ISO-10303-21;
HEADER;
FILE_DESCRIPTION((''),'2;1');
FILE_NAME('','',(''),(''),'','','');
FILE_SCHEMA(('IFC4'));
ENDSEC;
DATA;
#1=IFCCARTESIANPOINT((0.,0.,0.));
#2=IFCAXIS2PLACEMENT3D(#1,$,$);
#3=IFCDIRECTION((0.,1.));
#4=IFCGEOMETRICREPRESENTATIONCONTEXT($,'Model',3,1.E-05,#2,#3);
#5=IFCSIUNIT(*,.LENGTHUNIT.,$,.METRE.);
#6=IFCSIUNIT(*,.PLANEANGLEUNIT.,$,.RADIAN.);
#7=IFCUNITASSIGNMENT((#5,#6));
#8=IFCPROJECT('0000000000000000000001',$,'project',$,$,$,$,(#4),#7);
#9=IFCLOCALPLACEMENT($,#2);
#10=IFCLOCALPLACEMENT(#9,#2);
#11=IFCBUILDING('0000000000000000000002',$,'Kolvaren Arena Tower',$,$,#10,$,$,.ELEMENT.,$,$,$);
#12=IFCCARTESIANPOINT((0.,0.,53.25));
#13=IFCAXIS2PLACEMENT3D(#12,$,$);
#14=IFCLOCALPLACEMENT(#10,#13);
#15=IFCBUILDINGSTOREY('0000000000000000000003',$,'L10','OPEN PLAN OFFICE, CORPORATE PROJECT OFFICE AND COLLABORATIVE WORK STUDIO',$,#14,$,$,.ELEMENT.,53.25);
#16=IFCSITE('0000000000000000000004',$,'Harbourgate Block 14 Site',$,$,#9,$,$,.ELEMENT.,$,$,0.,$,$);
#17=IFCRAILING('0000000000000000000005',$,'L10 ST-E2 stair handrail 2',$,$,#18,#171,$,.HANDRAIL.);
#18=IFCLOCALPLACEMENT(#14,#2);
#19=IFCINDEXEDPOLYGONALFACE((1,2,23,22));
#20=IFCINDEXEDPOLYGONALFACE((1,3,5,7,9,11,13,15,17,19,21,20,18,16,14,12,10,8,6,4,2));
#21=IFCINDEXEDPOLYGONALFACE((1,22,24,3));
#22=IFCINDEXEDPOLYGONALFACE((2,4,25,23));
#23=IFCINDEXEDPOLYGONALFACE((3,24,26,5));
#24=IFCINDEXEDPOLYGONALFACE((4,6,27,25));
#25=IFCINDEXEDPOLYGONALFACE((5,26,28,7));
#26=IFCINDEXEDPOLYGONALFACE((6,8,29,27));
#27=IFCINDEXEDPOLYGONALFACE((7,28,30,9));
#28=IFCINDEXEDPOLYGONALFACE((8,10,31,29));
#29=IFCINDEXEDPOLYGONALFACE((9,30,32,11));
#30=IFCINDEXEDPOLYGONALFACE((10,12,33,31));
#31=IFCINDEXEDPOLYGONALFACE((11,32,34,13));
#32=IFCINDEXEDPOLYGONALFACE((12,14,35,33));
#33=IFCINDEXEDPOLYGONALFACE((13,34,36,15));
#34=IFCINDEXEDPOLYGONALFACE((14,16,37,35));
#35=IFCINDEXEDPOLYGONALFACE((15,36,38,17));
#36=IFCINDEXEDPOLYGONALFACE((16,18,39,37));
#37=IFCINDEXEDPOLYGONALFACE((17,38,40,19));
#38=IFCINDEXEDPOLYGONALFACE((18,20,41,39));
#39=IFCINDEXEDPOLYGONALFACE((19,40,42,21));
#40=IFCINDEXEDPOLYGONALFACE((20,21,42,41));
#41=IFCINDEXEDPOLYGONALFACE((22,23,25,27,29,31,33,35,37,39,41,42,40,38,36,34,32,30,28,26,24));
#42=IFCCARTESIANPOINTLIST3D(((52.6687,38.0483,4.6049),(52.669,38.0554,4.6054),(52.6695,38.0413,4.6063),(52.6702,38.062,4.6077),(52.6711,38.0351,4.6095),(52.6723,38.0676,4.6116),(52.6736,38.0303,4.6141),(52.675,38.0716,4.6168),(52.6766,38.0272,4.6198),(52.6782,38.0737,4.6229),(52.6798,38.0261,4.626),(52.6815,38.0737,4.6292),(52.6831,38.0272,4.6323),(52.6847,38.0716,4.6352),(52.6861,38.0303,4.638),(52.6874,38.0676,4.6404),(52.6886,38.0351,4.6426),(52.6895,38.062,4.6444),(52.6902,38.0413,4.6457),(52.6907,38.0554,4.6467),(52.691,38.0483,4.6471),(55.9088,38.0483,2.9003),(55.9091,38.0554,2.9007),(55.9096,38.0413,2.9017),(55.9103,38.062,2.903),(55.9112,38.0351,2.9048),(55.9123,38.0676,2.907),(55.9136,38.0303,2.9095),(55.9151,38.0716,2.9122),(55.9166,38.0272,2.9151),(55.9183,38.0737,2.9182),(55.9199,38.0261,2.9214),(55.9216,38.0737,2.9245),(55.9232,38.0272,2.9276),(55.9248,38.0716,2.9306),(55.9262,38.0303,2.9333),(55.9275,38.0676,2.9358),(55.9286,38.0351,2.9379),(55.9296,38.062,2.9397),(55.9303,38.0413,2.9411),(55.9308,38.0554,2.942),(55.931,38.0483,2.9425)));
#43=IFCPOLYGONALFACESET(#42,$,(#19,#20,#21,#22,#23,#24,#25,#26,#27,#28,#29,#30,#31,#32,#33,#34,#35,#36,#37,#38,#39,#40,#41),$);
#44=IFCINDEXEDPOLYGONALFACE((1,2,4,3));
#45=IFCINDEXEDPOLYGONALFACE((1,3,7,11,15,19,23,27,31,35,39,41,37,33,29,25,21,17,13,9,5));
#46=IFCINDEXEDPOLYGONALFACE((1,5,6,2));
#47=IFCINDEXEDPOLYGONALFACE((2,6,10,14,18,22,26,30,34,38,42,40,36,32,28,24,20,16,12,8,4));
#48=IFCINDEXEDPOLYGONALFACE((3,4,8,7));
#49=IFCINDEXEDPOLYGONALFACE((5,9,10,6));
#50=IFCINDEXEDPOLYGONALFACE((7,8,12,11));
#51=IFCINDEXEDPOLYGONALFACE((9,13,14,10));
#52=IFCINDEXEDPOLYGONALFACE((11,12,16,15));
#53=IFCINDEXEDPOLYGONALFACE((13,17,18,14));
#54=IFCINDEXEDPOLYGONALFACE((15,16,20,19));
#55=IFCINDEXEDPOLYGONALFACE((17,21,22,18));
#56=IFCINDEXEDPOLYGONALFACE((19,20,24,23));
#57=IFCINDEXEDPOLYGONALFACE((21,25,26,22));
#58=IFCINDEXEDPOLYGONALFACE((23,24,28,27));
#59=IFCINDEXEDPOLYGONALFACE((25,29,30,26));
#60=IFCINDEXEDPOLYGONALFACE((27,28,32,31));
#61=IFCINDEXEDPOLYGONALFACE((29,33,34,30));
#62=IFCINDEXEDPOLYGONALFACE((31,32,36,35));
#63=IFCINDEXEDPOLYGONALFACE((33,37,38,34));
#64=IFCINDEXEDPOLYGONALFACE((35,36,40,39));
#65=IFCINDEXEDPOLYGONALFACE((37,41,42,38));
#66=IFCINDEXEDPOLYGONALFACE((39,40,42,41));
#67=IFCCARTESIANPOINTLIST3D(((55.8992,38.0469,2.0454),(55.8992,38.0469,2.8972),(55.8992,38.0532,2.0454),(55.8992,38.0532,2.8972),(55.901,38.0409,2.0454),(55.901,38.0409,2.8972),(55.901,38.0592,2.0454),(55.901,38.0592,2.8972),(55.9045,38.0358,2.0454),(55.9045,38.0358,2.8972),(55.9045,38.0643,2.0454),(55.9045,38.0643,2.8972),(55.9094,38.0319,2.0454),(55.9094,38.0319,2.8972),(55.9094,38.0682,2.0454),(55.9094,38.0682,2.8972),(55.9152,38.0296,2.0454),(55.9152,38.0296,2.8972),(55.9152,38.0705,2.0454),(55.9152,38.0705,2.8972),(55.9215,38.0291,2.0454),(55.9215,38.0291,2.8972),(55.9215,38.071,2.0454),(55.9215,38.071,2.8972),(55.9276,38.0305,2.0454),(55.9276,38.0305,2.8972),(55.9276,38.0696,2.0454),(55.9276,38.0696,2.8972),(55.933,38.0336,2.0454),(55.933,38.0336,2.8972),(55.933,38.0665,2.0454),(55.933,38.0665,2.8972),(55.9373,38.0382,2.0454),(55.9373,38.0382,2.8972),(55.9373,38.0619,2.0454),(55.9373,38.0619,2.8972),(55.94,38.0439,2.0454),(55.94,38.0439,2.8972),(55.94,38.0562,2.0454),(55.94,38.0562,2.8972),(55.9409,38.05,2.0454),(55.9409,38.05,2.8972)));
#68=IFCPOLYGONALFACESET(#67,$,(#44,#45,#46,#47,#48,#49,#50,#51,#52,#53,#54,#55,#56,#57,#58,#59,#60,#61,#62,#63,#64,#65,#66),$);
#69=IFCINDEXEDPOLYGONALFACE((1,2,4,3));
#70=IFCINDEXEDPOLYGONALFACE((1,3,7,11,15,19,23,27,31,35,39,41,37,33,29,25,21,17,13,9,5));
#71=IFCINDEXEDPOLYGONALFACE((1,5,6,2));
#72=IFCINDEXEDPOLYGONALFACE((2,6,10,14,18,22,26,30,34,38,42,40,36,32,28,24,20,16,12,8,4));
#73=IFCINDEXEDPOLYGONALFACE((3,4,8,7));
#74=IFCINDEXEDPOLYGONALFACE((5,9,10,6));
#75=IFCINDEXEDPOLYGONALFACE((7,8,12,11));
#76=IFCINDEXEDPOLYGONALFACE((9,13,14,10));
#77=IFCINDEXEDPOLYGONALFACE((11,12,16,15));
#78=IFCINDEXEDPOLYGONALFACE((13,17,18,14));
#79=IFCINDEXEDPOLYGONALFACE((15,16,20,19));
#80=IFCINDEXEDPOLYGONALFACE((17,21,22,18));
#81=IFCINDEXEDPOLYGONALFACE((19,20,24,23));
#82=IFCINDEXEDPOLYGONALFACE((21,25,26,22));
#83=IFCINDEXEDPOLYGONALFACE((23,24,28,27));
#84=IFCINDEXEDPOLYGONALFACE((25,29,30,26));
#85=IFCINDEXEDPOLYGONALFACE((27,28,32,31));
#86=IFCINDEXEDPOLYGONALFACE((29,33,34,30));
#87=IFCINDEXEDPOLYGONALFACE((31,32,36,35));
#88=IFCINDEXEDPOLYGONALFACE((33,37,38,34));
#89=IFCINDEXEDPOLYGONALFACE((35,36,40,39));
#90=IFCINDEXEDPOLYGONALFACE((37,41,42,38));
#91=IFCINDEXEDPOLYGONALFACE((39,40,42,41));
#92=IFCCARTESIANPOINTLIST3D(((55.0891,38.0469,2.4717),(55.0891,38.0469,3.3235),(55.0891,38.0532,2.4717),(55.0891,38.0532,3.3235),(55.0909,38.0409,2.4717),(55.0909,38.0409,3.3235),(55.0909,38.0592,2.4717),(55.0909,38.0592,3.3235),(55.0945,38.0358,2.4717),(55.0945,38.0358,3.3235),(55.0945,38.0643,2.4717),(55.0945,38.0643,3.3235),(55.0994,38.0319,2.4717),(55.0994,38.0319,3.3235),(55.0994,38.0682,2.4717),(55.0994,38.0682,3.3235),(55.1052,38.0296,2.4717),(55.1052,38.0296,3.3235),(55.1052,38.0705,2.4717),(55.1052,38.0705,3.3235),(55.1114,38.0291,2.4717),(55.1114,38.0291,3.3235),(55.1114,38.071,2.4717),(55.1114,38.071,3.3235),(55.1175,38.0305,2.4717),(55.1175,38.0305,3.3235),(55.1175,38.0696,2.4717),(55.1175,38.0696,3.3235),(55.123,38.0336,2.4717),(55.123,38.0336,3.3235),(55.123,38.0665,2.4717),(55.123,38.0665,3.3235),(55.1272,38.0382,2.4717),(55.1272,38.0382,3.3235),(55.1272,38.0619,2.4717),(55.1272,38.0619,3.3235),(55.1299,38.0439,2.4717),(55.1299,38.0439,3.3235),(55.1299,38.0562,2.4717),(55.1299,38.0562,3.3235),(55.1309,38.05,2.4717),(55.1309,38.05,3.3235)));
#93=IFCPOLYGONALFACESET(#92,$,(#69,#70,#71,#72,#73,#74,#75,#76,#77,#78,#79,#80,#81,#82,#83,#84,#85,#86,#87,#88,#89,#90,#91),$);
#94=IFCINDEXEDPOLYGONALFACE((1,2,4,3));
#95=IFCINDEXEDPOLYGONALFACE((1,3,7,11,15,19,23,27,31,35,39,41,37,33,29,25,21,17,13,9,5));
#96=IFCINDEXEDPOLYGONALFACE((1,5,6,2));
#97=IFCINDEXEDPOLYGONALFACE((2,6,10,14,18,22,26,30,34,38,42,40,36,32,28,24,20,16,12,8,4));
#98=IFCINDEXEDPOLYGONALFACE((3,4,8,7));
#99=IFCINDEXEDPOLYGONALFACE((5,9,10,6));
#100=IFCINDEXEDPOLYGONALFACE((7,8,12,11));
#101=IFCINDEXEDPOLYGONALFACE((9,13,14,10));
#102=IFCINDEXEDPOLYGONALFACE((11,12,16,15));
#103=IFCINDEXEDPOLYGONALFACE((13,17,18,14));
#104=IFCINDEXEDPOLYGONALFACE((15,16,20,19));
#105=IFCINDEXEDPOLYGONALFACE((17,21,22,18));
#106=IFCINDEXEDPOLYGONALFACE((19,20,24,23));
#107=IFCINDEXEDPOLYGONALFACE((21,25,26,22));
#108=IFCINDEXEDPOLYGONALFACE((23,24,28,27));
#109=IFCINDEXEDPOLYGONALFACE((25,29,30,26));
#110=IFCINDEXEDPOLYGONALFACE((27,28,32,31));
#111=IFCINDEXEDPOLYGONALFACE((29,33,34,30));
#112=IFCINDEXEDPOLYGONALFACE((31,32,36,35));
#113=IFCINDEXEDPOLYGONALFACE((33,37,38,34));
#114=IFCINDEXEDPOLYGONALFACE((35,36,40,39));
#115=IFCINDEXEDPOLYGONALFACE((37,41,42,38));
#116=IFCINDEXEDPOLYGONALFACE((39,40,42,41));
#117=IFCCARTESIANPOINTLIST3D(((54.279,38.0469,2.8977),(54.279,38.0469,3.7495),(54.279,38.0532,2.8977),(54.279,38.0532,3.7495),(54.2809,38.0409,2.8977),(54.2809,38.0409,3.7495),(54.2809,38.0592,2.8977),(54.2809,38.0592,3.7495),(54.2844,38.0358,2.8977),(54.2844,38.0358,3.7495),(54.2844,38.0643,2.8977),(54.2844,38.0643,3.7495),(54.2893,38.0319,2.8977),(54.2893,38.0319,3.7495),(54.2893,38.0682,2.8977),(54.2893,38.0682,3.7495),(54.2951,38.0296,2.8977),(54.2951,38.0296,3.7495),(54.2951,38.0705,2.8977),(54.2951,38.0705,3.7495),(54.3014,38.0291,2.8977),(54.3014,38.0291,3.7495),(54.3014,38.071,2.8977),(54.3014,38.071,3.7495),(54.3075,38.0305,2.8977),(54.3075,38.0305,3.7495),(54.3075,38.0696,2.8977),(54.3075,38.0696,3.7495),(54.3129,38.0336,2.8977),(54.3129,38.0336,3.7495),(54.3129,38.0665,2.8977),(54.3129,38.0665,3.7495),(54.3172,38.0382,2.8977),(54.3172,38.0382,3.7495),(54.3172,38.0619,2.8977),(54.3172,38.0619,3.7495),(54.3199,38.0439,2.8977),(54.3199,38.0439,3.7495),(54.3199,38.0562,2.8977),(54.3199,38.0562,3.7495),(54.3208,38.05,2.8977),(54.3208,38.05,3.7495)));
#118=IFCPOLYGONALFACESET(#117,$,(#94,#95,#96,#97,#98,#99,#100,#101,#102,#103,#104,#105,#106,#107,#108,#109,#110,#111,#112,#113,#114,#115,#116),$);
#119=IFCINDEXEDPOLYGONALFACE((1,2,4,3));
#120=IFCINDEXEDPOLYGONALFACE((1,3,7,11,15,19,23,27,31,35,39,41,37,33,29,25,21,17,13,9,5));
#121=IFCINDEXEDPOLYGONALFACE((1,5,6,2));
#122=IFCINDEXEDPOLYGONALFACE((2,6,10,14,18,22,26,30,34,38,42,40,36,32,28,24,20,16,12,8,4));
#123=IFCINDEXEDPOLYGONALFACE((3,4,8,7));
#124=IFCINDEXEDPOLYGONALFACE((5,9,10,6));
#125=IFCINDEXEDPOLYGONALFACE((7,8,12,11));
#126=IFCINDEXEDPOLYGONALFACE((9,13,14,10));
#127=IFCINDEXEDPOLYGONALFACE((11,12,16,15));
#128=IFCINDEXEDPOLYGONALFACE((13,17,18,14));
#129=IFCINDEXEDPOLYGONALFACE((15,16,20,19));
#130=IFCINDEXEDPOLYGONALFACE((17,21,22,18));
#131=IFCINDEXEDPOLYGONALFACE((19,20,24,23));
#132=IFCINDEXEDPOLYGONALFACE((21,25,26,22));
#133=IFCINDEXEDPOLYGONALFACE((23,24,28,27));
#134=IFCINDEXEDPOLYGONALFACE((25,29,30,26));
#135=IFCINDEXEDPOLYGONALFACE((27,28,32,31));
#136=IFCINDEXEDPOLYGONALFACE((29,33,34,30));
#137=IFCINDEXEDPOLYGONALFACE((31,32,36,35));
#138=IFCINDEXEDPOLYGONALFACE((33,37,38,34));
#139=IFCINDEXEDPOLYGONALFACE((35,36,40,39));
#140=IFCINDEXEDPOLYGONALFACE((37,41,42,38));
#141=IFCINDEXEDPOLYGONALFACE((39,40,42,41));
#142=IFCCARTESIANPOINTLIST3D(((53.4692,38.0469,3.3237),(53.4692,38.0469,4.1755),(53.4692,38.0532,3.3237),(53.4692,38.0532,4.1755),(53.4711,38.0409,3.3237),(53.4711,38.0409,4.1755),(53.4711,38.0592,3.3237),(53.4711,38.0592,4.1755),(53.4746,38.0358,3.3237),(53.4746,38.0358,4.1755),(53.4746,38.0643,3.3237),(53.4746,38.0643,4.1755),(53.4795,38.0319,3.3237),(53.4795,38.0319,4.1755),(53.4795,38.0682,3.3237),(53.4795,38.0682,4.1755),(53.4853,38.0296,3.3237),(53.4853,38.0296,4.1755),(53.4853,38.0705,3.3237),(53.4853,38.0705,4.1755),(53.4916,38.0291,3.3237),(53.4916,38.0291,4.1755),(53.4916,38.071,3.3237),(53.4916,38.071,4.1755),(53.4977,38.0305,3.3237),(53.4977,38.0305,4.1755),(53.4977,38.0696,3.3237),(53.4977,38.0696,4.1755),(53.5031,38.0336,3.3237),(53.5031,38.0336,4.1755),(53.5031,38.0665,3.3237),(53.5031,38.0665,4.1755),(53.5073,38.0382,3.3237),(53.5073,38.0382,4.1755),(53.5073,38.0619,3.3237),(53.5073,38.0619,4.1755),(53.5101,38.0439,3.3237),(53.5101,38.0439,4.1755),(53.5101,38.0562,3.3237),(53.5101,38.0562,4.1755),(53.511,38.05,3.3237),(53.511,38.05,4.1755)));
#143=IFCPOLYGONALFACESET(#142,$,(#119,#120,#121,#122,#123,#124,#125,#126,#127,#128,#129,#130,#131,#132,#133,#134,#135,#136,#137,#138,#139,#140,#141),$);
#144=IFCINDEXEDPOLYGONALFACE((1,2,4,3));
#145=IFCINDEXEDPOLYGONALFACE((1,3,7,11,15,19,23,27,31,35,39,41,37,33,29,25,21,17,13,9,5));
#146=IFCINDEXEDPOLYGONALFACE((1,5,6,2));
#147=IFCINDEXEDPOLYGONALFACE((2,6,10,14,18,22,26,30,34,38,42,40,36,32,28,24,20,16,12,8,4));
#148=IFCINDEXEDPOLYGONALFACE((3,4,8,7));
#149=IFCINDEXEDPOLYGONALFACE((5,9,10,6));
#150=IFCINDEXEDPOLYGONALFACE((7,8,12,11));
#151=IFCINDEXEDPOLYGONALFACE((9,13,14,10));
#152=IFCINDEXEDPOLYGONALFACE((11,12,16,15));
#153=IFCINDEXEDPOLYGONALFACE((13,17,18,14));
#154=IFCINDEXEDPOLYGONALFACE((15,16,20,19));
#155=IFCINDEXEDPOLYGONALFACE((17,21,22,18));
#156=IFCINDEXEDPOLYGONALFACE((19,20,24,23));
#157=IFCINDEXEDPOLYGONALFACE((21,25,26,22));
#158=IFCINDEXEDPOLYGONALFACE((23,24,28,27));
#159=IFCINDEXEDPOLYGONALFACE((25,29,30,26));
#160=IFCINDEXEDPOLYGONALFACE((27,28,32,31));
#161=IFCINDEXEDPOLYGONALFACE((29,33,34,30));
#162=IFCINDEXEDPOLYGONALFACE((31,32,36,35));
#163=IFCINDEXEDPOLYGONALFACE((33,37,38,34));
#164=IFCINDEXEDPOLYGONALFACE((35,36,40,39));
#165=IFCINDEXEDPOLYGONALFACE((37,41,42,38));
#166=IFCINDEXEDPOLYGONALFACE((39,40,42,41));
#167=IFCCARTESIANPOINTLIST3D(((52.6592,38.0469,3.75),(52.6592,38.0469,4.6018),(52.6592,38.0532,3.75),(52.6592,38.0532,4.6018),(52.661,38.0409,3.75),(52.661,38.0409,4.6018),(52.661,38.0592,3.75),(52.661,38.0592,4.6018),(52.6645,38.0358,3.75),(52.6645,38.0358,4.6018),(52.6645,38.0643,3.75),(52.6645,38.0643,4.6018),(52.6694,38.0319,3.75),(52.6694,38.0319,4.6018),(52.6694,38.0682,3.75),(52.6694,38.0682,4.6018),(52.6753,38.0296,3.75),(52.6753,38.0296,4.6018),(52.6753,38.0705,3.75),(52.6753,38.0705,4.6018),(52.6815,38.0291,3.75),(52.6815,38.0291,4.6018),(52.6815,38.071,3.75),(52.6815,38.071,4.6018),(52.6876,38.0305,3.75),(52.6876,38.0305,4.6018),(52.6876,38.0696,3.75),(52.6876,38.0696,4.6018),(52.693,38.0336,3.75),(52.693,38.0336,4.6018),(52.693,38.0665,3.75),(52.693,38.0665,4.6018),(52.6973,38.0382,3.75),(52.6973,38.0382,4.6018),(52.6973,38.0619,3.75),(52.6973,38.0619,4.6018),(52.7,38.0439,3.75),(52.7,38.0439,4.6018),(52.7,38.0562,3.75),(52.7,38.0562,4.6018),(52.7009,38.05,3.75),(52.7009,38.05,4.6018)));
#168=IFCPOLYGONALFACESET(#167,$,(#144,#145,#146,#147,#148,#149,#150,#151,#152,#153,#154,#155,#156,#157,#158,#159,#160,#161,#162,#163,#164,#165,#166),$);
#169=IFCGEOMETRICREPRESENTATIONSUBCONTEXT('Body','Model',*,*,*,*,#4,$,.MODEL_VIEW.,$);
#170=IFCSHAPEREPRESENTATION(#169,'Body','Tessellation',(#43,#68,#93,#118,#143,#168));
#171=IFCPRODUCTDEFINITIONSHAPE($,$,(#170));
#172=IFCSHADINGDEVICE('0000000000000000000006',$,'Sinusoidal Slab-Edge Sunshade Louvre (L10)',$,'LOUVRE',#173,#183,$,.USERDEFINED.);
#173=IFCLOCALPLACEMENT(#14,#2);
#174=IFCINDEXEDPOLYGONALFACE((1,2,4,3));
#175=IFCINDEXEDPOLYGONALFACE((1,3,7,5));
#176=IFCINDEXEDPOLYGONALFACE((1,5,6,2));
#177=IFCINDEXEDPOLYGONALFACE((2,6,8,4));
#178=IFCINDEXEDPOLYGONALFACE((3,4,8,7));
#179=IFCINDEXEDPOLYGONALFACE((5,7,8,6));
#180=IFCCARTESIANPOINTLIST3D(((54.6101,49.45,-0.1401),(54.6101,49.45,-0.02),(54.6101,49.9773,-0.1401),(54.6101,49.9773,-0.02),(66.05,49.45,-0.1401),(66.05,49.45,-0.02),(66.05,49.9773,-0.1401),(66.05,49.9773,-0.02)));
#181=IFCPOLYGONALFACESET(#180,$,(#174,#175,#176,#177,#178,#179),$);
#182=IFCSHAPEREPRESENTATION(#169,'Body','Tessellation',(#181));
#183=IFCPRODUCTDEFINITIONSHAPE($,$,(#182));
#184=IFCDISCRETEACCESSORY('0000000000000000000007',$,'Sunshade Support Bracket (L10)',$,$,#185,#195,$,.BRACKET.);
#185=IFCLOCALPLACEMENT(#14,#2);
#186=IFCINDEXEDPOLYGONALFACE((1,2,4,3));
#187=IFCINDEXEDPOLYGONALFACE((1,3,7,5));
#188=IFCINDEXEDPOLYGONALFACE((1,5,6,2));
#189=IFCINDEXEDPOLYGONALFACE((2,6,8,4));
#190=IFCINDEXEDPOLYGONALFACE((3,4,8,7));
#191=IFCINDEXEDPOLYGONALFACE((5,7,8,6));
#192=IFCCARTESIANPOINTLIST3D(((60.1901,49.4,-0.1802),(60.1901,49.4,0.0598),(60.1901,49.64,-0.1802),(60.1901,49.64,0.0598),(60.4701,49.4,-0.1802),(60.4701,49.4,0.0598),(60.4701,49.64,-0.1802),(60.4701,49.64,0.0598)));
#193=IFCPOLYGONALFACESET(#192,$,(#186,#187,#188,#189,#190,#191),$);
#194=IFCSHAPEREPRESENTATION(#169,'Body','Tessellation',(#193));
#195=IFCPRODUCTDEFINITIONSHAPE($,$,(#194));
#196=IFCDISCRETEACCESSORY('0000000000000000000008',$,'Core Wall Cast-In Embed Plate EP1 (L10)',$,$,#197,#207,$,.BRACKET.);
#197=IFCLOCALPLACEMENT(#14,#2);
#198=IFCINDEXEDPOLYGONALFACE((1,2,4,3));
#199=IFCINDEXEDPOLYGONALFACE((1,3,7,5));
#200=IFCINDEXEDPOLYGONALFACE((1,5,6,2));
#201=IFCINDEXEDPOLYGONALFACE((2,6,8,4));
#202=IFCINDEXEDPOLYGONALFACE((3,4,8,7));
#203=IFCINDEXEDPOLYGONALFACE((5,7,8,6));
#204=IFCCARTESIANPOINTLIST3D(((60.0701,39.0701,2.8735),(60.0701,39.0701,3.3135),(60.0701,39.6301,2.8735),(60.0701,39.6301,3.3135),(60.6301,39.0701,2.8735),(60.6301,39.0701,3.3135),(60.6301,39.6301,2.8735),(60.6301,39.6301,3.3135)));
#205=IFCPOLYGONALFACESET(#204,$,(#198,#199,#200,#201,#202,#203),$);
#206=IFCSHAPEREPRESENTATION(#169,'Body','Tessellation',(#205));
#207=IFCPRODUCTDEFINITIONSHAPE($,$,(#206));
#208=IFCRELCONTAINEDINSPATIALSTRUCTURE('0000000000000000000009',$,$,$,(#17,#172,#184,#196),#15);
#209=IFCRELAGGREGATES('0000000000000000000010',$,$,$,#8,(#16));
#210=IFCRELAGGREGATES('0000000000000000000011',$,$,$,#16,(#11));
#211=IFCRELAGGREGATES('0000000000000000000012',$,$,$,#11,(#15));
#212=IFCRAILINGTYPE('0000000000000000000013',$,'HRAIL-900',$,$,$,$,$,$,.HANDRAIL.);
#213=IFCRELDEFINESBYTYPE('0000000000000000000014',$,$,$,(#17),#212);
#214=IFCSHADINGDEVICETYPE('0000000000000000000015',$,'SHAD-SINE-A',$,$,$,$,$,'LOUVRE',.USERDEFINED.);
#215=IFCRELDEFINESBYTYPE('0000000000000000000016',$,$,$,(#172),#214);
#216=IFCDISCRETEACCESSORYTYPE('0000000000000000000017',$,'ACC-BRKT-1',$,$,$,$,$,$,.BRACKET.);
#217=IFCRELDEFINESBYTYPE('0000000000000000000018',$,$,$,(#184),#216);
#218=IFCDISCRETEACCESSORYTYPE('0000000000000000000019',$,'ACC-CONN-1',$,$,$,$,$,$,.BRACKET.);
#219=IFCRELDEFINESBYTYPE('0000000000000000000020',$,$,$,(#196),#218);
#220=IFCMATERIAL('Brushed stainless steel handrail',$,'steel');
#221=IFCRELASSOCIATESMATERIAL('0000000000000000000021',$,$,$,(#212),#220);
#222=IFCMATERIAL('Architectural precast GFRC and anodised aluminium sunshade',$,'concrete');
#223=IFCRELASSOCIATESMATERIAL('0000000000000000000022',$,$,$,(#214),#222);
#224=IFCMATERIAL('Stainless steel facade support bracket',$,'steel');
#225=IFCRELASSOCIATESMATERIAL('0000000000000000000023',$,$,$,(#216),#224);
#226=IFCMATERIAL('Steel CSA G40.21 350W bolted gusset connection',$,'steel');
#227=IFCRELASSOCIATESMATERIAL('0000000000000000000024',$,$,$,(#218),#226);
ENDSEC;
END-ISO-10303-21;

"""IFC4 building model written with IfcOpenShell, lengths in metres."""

from ifc_helpers import new_model, si_unit, direction, frame, origin, origin_2d, place, context, subcontext, project, spatial, rectangle, circle, extrude, material, type_object, element, save


model = new_model("IFC4")

# Units and contexts
model_context = context("Model", 3, precision=1e-05, world=origin(), true_north=direction((0.0, 1.0)))
body_context = subcontext(model_context, "Body", "Model", "MODEL_VIEW")
ifc_project = project(units=[si_unit("LENGTHUNIT", "METRE"), si_unit("PLANEANGLEUNIT", "RADIAN")], contexts=[model_context])

# Site, building, storey
site_placement = place(None, origin())
site = spatial("IfcSite", under=ifc_project, at=site_placement, Name="Harbourgate Block 14 Site", CompositionType="ELEMENT", RefElevation=0.0)
building_placement = place(site_placement, origin())
building = spatial("IfcBuilding", under=site, at=building_placement, Name="Kolvaren Arena Tower", CompositionType="ELEMENT")
storey_placement = place(building_placement, frame((0.0, 0.0, 53.25)))
storey = spatial("IfcBuildingStorey", under=building, at=storey_placement, Name="L10", Description="OPEN PLAN OFFICE, CORPORATE PROJECT OFFICE AND COLLABORATIVE WORK STUDIO", CompositionType="ELEMENT", Elevation=53.25)

# Railing
ifc_material_1 = material(Name="Brushed stainless steel handrail", Category="steel")
railing_type = type_object("IfcRailingType", Name="HRAIL-900", PredefinedType="HANDRAIL", material=ifc_material_1)
railing_placement = place(storey_placement, frame((55.9199, 38.05, 2.0454)))
element("IfcRailing", 1, at=railing_placement, inside=storey, type_object=railing_type, Name="L10 ST-E2 stair handrail 2", PredefinedType="HANDRAIL", context=body_context, shape_type="SweptSolid", body=[
    extrude(circle(Radius=0.0239, at=origin_2d()), frame((0.0, 0.0, 0.876), z_axis=(-0.884993, 0.0, 0.465604), x_axis=(0.0, -1.0, 0.0)), (0.0, 0.0, 1.0), 3.6611),
    extrude(circle(Radius=0.021, at=origin_2d()), origin(), (0.0, 0.0, 1.0), 0.8518),
    extrude(circle(Radius=0.021, at=origin_2d()), frame((-0.8101, 0.0, 0.4263)), (0.0, 0.0, 1.0), 0.8518),
    extrude(circle(Radius=0.021, at=origin_2d()), frame((-1.6201, 0.0, 0.8523)), (0.0, 0.0, 1.0), 0.8518),
    extrude(circle(Radius=0.021, at=origin_2d()), frame((-2.4299, 0.0, 1.2783)), (0.0, 0.0, 1.0), 0.8518),
    extrude(circle(Radius=0.021, at=origin_2d()), frame((-3.24, 0.0, 1.7046)), (0.0, 0.0, 1.0), 0.8518),
])

# Shading device
ifc_material_2 = material(Name="Architectural precast GFRC and anodised aluminium sunshade", Category="concrete")
shading_device_type = type_object("IfcShadingDeviceType", Name="SHAD-SINE-A", ElementType="LOUVRE", PredefinedType="USERDEFINED", material=ifc_material_2)
shading_device_placement = place(storey_placement, frame((60.3301, 49.7136, -0.1401), z_axis=(0.0, 0.0, 1.0), x_axis=(1.0, 0.0, 0.0)))
element("IfcShadingDevice", 2, at=shading_device_placement, inside=storey, type_object=shading_device_type, Name="Sinusoidal Slab-Edge Sunshade Louvre (L10)", ObjectType="LOUVRE", PredefinedType="USERDEFINED", context=body_context, shape_type="SweptSolid", body=[
    extrude(rectangle(XDim=11.4399, YDim=0.5273, at=origin_2d()), origin(), (0.0, 0.0, 1.0), 0.1201),
])

# Discrete accessories
ifc_material_3 = material(Name="Stainless steel facade support bracket", Category="steel")
discrete_accessory_type_1 = type_object("IfcDiscreteAccessoryType", Name="ACC-BRKT-1", PredefinedType="BRACKET", material=ifc_material_3)
discrete_accessory_1_placement = place(storey_placement, frame((60.3301, 49.52, -0.1802), z_axis=(0.0, 0.0, 1.0), x_axis=(1.0, 0.0, 0.0)))
element("IfcDiscreteAccessory", 3, at=discrete_accessory_1_placement, inside=storey, type_object=discrete_accessory_type_1, Name="Sunshade Support Bracket (L10)", PredefinedType="BRACKET", context=body_context, shape_type="SweptSolid", body=[
    extrude(rectangle(XDim=0.28, YDim=0.24, at=origin_2d()), origin(), (0.0, 0.0, 1.0), 0.24),
])
ifc_material_4 = material(Name="Steel CSA G40.21 350W bolted gusset connection", Category="steel")
discrete_accessory_type_2 = type_object("IfcDiscreteAccessoryType", Name="ACC-CONN-1", PredefinedType="BRACKET", material=ifc_material_4)
discrete_accessory_2_placement = place(storey_placement, frame((60.3501, 39.3501, 2.8735), z_axis=(0.0, 0.0, 1.0), x_axis=(1.0, 0.0, 0.0)))
element("IfcDiscreteAccessory", 4, at=discrete_accessory_2_placement, inside=storey, type_object=discrete_accessory_type_2, Name="Core Wall Cast-In Embed Plate EP1 (L10)", PredefinedType="BRACKET", context=body_context, shape_type="SweptSolid", body=[
    extrude(rectangle(XDim=0.5601, YDim=0.5601, at=origin_2d()), origin(), (0.0, 0.0, 1.0), 0.4399),
])

save(model, "model.ifc")
